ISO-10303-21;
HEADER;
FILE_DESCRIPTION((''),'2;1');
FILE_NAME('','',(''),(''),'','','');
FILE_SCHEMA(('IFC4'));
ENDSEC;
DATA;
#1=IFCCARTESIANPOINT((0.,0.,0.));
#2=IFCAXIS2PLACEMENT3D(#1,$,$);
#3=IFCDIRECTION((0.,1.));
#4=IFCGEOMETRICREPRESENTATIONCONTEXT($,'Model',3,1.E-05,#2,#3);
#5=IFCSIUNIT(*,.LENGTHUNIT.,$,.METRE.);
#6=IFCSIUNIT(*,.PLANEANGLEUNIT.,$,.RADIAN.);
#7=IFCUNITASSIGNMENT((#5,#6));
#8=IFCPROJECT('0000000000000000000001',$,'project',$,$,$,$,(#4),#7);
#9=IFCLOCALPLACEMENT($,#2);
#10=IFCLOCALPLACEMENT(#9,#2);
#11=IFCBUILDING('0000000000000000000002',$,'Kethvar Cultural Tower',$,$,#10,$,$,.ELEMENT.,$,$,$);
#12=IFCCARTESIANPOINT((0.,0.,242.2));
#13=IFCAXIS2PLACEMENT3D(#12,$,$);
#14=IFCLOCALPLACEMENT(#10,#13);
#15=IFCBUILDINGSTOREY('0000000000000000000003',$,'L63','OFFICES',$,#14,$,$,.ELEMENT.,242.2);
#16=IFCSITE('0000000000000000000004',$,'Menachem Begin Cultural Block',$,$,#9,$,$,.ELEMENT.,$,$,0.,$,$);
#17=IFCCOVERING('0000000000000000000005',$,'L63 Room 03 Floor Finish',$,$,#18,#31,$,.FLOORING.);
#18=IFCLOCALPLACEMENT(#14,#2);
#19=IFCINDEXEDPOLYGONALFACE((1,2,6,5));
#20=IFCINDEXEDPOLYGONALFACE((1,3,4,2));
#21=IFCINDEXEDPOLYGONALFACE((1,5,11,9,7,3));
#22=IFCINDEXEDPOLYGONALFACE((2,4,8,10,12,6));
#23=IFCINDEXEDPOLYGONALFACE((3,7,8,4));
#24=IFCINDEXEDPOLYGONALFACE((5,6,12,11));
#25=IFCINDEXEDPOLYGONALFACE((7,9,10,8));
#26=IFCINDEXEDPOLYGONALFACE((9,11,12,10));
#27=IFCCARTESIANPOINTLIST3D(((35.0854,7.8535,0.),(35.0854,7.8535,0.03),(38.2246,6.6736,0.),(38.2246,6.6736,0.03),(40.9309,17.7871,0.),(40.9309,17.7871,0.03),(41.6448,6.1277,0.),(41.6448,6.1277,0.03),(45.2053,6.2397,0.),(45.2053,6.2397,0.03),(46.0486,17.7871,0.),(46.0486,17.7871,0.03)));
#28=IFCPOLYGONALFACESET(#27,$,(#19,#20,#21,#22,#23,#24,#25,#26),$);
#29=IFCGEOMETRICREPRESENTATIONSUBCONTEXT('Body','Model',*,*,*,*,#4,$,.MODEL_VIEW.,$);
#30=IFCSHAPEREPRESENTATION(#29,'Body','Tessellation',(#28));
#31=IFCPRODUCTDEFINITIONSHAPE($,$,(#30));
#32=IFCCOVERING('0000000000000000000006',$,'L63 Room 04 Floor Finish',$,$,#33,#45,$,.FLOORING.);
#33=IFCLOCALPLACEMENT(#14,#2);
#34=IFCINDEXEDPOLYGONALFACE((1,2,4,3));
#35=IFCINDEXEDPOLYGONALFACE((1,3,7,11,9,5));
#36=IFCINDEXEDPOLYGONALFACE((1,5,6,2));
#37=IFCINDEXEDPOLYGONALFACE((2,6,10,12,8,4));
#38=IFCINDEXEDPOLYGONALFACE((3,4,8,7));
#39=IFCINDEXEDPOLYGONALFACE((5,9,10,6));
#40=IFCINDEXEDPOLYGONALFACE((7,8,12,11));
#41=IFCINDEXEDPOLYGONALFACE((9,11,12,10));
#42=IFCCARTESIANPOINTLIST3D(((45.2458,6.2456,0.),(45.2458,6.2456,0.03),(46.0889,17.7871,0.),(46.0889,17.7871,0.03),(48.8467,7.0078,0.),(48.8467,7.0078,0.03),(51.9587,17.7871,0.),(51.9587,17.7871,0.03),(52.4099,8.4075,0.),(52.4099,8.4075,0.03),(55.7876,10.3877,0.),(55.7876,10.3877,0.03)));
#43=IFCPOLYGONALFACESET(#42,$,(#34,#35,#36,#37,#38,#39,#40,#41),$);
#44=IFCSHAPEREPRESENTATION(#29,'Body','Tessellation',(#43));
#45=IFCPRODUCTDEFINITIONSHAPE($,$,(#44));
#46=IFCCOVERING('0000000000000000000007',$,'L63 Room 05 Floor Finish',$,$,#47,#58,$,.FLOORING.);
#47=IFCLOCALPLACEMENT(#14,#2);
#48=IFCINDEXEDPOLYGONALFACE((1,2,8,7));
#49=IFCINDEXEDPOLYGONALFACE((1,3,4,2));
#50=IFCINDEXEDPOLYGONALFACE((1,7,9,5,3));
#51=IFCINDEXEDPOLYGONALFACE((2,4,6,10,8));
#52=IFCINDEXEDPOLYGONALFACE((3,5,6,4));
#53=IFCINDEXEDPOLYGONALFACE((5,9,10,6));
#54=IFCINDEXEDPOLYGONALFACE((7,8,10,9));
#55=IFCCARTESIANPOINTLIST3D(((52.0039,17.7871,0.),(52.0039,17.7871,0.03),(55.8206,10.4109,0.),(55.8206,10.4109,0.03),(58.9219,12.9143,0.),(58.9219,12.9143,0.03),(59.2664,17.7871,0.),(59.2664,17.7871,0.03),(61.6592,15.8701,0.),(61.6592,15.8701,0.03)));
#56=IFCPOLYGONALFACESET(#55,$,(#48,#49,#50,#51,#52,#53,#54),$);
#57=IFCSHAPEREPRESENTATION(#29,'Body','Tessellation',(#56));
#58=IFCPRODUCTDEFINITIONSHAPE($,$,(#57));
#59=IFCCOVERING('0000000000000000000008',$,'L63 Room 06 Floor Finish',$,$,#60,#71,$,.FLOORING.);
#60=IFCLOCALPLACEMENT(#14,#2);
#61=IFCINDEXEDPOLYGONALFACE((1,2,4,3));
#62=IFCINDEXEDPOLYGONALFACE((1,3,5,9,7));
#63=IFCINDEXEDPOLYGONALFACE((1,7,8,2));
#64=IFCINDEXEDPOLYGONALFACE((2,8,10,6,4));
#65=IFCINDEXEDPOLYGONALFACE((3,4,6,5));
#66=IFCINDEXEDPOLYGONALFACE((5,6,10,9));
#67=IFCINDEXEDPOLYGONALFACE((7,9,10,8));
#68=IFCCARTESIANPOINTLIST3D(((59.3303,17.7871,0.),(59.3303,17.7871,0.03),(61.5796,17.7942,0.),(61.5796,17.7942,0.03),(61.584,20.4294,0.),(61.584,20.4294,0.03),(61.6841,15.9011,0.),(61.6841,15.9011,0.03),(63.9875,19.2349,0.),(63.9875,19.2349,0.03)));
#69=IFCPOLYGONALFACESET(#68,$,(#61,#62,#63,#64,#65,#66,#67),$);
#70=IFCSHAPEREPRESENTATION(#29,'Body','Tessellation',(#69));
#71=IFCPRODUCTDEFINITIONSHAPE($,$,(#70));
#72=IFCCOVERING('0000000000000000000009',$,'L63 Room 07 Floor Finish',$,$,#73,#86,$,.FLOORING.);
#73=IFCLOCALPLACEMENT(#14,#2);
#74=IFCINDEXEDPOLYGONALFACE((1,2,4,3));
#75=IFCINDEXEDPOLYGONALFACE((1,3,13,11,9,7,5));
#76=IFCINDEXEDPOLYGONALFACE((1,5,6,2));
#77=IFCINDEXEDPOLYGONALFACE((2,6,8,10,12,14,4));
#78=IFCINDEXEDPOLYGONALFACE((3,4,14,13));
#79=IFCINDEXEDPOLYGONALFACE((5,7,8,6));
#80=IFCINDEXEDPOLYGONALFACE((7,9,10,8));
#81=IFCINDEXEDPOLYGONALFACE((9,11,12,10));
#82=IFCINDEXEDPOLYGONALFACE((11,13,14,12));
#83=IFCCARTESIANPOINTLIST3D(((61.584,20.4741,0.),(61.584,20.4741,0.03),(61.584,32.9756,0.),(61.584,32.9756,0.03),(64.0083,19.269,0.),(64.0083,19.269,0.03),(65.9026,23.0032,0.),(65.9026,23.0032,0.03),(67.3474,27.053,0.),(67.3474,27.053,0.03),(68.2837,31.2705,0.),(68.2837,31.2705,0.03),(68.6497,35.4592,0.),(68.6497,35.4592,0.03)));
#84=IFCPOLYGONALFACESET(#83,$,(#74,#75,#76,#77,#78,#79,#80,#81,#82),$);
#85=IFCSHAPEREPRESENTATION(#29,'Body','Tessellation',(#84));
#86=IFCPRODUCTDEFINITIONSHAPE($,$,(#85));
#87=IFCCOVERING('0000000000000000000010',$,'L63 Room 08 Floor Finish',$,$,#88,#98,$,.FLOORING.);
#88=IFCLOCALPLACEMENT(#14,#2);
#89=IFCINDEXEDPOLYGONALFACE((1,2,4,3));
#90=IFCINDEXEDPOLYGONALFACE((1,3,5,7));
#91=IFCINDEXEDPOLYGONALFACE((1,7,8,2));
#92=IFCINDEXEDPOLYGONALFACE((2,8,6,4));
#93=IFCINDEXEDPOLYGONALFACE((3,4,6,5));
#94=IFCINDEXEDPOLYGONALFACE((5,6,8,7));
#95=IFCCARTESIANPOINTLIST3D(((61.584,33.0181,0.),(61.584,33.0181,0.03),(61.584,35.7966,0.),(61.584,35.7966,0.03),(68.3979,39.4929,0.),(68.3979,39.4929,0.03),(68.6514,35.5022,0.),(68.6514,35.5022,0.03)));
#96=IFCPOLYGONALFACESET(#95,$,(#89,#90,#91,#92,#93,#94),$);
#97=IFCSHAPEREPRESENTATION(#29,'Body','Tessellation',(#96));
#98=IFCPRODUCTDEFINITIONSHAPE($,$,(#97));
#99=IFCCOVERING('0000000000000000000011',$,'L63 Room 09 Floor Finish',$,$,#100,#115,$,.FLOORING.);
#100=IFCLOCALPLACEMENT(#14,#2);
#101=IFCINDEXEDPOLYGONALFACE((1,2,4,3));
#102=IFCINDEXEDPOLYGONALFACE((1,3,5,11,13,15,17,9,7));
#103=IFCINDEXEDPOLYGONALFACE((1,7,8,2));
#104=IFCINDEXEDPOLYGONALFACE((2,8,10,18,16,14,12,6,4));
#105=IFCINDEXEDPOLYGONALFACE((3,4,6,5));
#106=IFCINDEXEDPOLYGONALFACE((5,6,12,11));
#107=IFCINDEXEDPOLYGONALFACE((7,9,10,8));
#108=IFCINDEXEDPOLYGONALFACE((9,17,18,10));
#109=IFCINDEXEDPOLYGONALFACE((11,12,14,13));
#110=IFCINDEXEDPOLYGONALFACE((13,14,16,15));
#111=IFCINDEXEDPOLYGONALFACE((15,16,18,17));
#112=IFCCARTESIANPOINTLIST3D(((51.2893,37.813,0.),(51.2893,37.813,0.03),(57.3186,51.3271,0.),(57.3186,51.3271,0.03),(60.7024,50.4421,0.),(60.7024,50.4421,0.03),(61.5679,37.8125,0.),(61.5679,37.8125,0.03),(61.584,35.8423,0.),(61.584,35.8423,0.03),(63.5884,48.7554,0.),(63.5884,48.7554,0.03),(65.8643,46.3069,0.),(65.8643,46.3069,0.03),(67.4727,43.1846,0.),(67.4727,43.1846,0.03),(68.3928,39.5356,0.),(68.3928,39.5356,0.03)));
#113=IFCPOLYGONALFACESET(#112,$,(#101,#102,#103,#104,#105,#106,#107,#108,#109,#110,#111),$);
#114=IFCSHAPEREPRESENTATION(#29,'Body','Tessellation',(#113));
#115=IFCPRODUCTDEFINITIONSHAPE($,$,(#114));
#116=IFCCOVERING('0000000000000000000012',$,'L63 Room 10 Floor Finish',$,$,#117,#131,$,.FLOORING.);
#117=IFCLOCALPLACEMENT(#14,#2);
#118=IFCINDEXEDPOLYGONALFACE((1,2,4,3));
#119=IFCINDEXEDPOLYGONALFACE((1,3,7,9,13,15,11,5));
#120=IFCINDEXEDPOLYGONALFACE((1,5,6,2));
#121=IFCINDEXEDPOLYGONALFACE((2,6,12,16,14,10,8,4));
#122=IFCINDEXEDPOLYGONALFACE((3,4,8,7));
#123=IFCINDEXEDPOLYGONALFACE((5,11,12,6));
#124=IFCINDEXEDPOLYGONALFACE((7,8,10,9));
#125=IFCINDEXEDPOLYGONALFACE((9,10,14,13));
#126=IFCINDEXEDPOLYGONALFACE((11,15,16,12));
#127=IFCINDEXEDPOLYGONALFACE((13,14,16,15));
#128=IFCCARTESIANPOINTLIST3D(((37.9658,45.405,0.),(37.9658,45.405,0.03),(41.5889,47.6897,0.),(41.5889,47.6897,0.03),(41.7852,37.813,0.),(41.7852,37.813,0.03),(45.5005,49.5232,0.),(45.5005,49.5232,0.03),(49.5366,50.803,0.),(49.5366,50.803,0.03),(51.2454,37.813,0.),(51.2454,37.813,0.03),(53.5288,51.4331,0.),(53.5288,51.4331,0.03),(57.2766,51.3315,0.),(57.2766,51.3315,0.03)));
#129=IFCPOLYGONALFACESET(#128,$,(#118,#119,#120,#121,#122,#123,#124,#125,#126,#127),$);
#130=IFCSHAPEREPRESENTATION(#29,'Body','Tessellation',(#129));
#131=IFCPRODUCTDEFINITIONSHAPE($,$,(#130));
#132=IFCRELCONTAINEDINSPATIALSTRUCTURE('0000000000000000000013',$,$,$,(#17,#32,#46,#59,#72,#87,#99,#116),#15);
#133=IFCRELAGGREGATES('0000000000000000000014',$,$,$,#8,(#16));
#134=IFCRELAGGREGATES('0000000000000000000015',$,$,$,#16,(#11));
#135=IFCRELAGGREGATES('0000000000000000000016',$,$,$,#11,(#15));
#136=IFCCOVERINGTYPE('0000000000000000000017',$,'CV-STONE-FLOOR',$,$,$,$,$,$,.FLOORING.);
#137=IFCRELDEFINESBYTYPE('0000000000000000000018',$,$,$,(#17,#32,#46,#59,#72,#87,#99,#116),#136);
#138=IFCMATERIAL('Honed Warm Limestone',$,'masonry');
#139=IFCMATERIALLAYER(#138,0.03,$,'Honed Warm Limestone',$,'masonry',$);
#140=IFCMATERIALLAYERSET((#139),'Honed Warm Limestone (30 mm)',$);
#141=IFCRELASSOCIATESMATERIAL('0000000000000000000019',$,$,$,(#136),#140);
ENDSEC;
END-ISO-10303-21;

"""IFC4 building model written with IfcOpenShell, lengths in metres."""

from ifc_helpers import new_model, si_unit, direction, frame, origin, place, context, subcontext, project, spatial, polyline, outline, extrude, material, layer, layer_set, type_object, element, save


model = new_model("IFC4")

# Units and contexts
model_context = context("Model", 3, precision=1e-05, world=origin(), true_north=direction((0.0, 1.0)))
body_context = subcontext(model_context, "Body", "Model", "MODEL_VIEW")
ifc_project = project(units=[si_unit("LENGTHUNIT", "METRE"), si_unit("PLANEANGLEUNIT", "RADIAN")], contexts=[model_context])

# Site, building, storey
site_placement = place(None, origin())
site = spatial("IfcSite", under=ifc_project, at=site_placement, Name="Menachem Begin Cultural Block", CompositionType="ELEMENT", RefElevation=0.0)
building_placement = place(site_placement, origin())
building = spatial("IfcBuilding", under=site, at=building_placement, Name="Kethvar Cultural Tower", CompositionType="ELEMENT")
storey_placement = place(building_placement, frame((0.0, 0.0, 242.2)))
storey = spatial("IfcBuildingStorey", under=building, at=storey_placement, Name="L63", Description="OFFICES", CompositionType="ELEMENT", Elevation=242.2)

# Coverings
ifc_material_1 = material(Name="Honed Warm Limestone", Category="masonry")
ifc_layer_1 = layer(ifc_material_1, 0.03, Name="Honed Warm Limestone", Category="masonry")
ifc_layer_set_1 = layer_set([ifc_layer_1], Name="Honed Warm Limestone (30 mm)")
covering_type_1 = type_object("IfcCoveringType", Name="CV-STONE-FLOOR", PredefinedType="FLOORING", material=ifc_layer_set_1)
covering_1_placement = place(storey_placement, origin())
element("IfcCovering", 1, at=covering_1_placement, inside=storey, type_object=covering_type_1, Name="L63 Room 03 Floor Finish", PredefinedType="FLOORING", context=body_context, shape_type="SweptSolid", body=[
    extrude(outline(polyline([(41.6448, 6.1277), (38.2246, 6.6736), (35.0854, 7.8535), (40.9309, 17.7871), (46.0486, 17.7871), (45.2053, 6.2397), (41.6448, 6.1277)])), origin(), (0.0, 0.0, 1.0), 0.03),
])
covering_2_placement = place(storey_placement, origin())
element("IfcCovering", 2, at=covering_2_placement, inside=storey, type_object=covering_type_1, Name="L63 Room 04 Floor Finish", PredefinedType="FLOORING", context=body_context, shape_type="SweptSolid", body=[
    extrude(outline(polyline([(52.4099, 8.4075), (48.8467, 7.0078), (45.2458, 6.2456), (46.0889, 17.7871), (51.9587, 17.7871), (55.7876, 10.3877), (52.4099, 8.4075)])), origin(), (0.0, 0.0, 1.0), 0.03),
])
covering_3_placement = place(storey_placement, origin())
element("IfcCovering", 3, at=covering_3_placement, inside=storey, type_object=covering_type_1, Name="L63 Room 05 Floor Finish", PredefinedType="FLOORING", context=body_context, shape_type="SweptSolid", body=[
    extrude(outline(polyline([(58.9219, 12.9143), (55.8206, 10.4109), (52.0039, 17.7871), (59.2664, 17.7871), (61.6592, 15.8701), (58.9219, 12.9143)])), origin(), (0.0, 0.0, 1.0), 0.03),
])
covering_4_placement = place(storey_placement, origin())
element("IfcCovering", 4, at=covering_4_placement, inside=storey, type_object=covering_type_1, Name="L63 Room 06 Floor Finish", PredefinedType="FLOORING", context=body_context, shape_type="SweptSolid", body=[
    extrude(outline(polyline([(61.6841, 15.9011), (59.3303, 17.7871), (61.5796, 17.7942), (61.584, 20.4294), (63.9875, 19.2349), (61.6841, 15.9011)])), origin(), (0.0, 0.0, 1.0), 0.03),
])
covering_5_placement = place(storey_placement, origin())
element("IfcCovering", 5, at=covering_5_placement, inside=storey, type_object=covering_type_1, Name="L63 Room 07 Floor Finish", PredefinedType="FLOORING", context=body_context, shape_type="SweptSolid", body=[
    extrude(outline(polyline([(68.2837, 31.2705), (67.3474, 27.053), (65.9026, 23.0032), (64.0083, 19.269), (61.584, 20.4741), (61.584, 32.9756), (68.6497, 35.4592), (68.2837, 31.2705)])), origin(), (0.0, 0.0, 1.0), 0.03),
])
covering_6_placement = place(storey_placement, origin())
element("IfcCovering", 6, at=covering_6_placement, inside=storey, type_object=covering_type_1, Name="L63 Room 08 Floor Finish", PredefinedType="FLOORING", context=body_context, shape_type="SweptSolid", body=[
    extrude(outline(polyline([(68.6514, 35.5022), (61.584, 33.0181), (61.584, 35.7966), (68.3979, 39.4929), (68.6514, 35.5022)])), origin(), (0.0, 0.0, 1.0), 0.03),
])
covering_7_placement = place(storey_placement, origin())
element("IfcCovering", 7, at=covering_7_placement, inside=storey, type_object=covering_type_1, Name="L63 Room 09 Floor Finish", PredefinedType="FLOORING", context=body_context, shape_type="SweptSolid", body=[
    extrude(outline(polyline([(60.7024, 50.4421), (63.5884, 48.7554), (65.8643, 46.3069), (67.4727, 43.1846), (68.3928, 39.5356), (61.584, 35.8423), (61.5679, 37.8125), (51.2893, 37.813), (57.3186, 51.3271), (60.7024, 50.4421)])), origin(), (0.0, 0.0, 1.0), 0.03),
])
covering_8_placement = place(storey_placement, origin())
element("IfcCovering", 8, at=covering_8_placement, inside=storey, type_object=covering_type_1, Name="L63 Room 10 Floor Finish", PredefinedType="FLOORING", context=body_context, shape_type="SweptSolid", body=[
    extrude(outline(polyline([(41.5889, 47.6897), (45.5005, 49.5232), (49.5366, 50.803), (53.5288, 51.4331), (57.2766, 51.3315), (51.2454, 37.813), (41.7852, 37.813), (37.9658, 45.405), (41.5889, 47.6897)])), origin(), (0.0, 0.0, 1.0), 0.03),
])

save(model, "model.ifc")
